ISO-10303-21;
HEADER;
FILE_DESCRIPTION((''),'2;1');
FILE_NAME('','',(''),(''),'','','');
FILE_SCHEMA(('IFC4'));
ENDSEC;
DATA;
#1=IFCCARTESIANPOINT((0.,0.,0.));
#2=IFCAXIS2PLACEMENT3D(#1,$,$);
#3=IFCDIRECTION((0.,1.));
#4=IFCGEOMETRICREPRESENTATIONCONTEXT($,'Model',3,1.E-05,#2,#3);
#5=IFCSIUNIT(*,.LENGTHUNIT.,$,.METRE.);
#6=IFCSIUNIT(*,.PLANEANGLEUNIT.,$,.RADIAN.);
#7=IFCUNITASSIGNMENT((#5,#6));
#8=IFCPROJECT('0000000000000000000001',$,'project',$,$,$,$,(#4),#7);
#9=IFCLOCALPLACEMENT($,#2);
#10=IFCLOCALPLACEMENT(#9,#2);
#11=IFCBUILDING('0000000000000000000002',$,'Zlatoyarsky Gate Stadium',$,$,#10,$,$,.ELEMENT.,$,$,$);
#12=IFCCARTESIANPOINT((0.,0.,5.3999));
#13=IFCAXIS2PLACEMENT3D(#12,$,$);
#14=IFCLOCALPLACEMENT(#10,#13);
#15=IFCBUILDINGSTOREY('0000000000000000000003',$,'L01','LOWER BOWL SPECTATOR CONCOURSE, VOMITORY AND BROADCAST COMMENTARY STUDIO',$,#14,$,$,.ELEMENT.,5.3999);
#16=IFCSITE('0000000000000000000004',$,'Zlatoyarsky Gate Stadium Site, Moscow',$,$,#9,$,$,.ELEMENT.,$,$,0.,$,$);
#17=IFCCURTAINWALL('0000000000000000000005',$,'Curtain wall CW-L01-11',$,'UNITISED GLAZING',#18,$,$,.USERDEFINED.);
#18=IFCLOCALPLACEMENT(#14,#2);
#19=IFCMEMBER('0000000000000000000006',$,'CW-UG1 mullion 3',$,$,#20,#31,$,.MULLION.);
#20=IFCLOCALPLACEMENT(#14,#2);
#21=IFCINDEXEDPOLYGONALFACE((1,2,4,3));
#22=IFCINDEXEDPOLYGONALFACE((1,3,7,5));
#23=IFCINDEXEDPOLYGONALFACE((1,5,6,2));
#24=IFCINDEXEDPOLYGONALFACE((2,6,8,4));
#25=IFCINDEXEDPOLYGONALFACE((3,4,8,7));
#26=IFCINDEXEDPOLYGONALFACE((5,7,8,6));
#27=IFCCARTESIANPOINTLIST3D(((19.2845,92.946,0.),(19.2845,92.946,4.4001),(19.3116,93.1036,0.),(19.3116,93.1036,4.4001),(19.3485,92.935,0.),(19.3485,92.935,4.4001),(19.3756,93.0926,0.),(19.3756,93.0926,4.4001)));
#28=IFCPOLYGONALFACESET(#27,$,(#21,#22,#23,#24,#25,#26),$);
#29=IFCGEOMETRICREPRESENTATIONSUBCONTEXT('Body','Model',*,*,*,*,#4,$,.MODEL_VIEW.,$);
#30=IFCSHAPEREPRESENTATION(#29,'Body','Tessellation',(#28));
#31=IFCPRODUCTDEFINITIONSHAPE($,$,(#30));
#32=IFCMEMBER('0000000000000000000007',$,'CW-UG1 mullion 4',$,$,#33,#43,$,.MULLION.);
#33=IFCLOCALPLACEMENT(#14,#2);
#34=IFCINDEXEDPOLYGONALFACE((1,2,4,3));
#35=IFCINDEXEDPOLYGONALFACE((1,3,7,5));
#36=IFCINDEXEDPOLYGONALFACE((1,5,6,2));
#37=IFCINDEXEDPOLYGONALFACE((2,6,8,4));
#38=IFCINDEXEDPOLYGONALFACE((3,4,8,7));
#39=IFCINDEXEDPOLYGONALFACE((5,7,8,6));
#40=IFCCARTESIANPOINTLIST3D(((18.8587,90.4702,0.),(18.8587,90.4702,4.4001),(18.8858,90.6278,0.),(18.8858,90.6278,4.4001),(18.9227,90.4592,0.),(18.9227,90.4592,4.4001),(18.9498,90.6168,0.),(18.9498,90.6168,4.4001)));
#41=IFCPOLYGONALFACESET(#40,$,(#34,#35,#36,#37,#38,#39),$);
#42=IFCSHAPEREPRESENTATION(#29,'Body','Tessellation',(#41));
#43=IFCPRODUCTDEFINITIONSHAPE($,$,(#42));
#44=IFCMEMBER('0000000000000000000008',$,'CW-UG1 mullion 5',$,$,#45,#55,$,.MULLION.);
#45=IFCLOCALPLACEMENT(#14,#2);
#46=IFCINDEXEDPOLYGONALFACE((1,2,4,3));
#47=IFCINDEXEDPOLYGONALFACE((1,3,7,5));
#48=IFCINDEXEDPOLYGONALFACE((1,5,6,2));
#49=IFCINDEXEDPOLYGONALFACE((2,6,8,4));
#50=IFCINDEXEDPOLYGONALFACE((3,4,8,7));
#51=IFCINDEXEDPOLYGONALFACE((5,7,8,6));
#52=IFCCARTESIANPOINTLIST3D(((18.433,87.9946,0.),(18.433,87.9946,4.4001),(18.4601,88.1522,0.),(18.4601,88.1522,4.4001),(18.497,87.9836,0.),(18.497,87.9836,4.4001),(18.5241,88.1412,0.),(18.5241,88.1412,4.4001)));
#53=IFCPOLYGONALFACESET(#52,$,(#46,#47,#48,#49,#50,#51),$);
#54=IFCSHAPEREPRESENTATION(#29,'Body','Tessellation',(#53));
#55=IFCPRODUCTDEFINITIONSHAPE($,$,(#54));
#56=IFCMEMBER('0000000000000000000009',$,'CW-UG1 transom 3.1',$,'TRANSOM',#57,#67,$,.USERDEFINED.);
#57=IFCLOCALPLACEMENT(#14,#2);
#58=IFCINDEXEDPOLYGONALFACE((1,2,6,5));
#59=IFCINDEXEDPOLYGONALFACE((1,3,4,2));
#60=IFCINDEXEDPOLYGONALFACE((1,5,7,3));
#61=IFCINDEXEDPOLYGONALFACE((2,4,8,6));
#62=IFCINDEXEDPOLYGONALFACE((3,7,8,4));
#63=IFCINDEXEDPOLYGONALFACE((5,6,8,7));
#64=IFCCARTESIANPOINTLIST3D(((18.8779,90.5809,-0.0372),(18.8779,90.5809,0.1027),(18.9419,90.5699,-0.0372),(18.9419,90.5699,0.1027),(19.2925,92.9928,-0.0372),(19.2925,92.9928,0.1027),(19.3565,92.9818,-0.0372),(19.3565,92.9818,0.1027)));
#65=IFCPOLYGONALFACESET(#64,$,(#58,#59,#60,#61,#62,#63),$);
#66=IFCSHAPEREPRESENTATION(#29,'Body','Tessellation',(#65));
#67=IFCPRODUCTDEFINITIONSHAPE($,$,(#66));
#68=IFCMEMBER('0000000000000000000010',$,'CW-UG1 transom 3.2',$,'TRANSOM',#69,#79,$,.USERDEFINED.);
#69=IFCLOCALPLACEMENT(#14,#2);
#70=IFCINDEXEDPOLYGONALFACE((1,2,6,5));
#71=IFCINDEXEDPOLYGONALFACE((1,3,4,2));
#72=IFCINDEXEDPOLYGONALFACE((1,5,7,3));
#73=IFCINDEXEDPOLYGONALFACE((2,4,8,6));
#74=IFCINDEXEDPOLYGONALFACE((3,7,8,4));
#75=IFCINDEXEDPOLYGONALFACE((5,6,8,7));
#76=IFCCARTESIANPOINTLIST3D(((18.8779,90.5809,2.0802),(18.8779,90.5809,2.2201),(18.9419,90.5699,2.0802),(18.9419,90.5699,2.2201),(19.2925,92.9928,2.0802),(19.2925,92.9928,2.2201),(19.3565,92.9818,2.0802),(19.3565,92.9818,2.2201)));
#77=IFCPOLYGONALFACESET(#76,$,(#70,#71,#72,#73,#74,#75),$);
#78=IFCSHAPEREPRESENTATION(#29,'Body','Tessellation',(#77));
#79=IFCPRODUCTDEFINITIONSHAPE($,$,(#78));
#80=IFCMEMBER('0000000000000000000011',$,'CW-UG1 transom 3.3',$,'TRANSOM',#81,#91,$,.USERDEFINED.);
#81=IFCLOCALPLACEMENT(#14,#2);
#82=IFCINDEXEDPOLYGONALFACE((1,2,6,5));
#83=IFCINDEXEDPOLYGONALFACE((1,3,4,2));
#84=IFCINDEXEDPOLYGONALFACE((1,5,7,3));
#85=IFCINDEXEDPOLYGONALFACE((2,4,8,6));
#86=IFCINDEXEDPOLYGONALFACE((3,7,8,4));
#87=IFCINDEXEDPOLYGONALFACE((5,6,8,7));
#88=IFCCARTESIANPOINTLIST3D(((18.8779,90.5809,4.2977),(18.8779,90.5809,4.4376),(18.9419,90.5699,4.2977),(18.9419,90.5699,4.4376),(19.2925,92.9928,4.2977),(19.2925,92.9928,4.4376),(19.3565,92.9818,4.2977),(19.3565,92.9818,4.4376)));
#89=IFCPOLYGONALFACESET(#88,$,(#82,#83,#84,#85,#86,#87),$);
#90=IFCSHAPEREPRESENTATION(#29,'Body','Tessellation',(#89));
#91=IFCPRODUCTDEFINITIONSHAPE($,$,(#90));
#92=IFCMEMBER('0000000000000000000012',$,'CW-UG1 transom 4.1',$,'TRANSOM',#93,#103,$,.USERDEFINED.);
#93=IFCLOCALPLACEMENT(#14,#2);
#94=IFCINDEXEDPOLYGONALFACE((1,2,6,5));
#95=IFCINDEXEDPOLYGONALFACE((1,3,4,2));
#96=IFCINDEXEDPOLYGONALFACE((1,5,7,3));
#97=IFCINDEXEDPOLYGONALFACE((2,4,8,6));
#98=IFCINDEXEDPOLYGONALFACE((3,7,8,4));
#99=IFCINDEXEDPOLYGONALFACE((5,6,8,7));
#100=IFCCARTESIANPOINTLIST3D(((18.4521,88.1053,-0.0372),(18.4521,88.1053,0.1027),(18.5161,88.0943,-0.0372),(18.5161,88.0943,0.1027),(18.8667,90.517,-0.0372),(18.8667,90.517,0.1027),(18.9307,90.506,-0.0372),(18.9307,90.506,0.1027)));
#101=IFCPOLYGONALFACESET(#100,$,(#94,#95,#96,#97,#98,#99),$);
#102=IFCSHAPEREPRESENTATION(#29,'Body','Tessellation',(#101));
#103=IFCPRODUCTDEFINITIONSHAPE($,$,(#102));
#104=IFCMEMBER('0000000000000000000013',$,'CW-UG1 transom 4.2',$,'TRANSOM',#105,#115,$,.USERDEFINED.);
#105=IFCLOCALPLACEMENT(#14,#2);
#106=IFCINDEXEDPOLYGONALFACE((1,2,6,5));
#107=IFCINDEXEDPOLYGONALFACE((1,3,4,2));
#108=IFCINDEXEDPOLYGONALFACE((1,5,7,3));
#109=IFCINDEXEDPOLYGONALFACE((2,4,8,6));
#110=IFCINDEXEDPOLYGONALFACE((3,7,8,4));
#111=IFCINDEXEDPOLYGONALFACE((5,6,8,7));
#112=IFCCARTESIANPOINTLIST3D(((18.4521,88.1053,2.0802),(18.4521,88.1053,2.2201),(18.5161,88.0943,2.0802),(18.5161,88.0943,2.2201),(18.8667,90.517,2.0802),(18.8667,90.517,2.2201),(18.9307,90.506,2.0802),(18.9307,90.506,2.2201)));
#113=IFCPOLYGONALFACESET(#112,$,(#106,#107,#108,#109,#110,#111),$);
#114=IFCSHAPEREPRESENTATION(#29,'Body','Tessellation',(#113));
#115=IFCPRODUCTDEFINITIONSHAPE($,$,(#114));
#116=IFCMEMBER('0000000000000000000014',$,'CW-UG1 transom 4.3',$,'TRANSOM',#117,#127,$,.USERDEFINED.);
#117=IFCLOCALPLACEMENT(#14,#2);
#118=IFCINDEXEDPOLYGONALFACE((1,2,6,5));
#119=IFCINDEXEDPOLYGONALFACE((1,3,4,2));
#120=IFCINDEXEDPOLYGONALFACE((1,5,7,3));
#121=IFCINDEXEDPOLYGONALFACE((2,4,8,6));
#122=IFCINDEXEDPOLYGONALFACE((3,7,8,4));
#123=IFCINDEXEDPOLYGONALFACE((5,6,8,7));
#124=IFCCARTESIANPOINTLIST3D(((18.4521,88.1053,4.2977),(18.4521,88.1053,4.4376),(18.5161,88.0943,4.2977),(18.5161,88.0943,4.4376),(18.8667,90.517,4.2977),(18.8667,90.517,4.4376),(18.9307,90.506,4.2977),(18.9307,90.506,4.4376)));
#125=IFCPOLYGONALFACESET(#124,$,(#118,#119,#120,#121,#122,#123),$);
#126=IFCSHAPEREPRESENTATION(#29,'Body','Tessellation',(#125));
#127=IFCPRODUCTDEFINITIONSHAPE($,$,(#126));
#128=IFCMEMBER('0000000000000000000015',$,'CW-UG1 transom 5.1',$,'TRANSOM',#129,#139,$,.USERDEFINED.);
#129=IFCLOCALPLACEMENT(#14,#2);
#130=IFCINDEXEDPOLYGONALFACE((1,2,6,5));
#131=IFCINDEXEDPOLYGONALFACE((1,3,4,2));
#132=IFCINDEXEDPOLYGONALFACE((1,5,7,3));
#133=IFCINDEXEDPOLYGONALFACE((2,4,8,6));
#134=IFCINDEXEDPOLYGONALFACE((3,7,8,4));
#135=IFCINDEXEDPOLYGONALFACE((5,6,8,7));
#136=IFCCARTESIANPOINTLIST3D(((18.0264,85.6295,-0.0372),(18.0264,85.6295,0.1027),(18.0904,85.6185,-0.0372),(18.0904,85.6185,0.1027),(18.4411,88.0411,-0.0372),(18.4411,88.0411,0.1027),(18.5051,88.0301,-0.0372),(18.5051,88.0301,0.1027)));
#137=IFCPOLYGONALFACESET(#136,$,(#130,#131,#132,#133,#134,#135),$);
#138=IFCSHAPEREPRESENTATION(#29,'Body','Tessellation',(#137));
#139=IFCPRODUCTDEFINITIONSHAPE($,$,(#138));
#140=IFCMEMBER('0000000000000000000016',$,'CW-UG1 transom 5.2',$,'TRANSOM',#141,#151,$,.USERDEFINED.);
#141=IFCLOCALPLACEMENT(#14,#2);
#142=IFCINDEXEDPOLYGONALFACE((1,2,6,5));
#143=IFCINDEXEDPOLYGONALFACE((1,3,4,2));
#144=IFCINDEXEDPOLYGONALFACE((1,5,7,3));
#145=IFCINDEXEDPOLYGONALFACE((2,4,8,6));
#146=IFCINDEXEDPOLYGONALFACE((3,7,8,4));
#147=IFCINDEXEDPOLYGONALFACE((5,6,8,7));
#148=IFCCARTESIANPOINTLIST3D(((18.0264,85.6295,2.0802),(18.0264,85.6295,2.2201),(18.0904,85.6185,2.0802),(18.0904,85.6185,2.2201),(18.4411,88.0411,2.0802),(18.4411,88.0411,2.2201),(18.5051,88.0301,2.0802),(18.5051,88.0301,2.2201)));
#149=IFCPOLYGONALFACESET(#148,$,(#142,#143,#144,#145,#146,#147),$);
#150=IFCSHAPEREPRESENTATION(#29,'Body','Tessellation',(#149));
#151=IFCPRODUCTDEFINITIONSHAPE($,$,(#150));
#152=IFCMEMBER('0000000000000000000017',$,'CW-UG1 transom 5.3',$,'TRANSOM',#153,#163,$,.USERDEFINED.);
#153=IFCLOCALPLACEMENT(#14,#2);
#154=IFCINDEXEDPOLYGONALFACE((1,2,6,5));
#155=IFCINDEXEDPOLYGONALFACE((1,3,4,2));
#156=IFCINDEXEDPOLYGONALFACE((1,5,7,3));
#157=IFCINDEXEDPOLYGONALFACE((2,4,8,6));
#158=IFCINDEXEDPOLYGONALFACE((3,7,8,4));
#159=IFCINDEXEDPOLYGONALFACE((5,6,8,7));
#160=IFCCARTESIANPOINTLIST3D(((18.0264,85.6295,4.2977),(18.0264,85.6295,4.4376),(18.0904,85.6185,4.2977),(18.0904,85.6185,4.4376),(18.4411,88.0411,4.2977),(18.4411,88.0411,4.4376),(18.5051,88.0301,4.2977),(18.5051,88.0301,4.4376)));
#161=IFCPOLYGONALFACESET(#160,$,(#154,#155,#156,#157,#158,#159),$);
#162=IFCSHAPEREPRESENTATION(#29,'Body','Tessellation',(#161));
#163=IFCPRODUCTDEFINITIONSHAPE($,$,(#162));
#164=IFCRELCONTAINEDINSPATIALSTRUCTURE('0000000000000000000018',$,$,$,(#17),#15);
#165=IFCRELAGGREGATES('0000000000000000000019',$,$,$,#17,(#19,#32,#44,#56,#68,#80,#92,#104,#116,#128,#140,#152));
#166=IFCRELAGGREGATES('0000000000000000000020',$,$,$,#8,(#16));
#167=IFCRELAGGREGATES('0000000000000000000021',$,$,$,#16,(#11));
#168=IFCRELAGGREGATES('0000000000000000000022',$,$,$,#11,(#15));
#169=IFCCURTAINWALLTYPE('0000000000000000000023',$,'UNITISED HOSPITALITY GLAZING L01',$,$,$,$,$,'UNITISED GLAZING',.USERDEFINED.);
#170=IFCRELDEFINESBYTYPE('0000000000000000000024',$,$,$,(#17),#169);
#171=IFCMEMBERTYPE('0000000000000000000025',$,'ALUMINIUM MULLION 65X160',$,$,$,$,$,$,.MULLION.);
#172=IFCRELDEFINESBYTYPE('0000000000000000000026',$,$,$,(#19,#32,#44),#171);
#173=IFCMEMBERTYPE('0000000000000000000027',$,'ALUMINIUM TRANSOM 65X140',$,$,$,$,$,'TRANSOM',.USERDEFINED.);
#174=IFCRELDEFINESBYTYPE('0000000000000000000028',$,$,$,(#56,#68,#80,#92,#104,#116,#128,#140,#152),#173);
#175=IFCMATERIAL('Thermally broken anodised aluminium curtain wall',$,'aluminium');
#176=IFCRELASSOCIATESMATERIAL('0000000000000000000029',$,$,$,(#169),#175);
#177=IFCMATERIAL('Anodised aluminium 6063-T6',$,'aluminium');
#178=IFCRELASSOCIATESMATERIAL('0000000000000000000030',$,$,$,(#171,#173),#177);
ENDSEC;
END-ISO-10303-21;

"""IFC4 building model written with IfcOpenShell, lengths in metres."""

from ifc_helpers import new_model, si_unit, direction, frame, origin, origin_2d, place, context, subcontext, project, spatial, rectangle, extrude, material, material_profile, profile_set, type_object, element, aggregate, save


model = new_model("IFC4")

# Units and contexts
model_context = context("Model", 3, precision=1e-05, world=origin(), true_north=direction((0.0, 1.0)))
body_context = subcontext(model_context, "Body", "Model", "MODEL_VIEW")
ifc_project = project(units=[si_unit("LENGTHUNIT", "METRE"), si_unit("PLANEANGLEUNIT", "RADIAN")], contexts=[model_context])

# Site, building, storey
site_placement = place(None, origin())
site = spatial("IfcSite", under=ifc_project, at=site_placement, Name="Zlatoyarsky Gate Stadium Site, Moscow", CompositionType="ELEMENT", RefElevation=0.0)
building_placement = place(site_placement, origin())
building = spatial("IfcBuilding", under=site, at=building_placement, Name="Zlatoyarsky Gate Stadium", CompositionType="ELEMENT")
storey_placement = place(building_placement, frame((0.0, 0.0, 5.3999)))
storey = spatial("IfcBuildingStorey", under=building, at=storey_placement, Name="L01", Description="LOWER BOWL SPECTATOR CONCOURSE, VOMITORY AND BROADCAST COMMENTARY STUDIO", CompositionType="ELEMENT", Elevation=5.3999)

# Curtain wall, members
ifc_material_1 = material(Name="Thermally broken anodised aluminium curtain wall", Category="aluminium")
curtain_wall_type = type_object("IfcCurtainWallType", Name="UNITISED HOSPITALITY GLAZING L01", ElementType="UNITISED GLAZING", PredefinedType="USERDEFINED", material=ifc_material_1)
curtain_wall_placement = place(storey_placement, origin())
curtain_wall = element("IfcCurtainWall", 1, at=curtain_wall_placement, inside=storey, type_object=curtain_wall_type, Name="Curtain wall CW-L01-11", ObjectType="UNITISED GLAZING", PredefinedType="USERDEFINED")
ifc_material_2 = material(Name="Anodised aluminium 6063-T6", Category="aluminium")
ifc_material_profile_1 = material_profile(ifc_material_2, rectangle(XDim=0.0649, YDim=0.1599, at=origin_2d()), Name="ALU 65X160")
ifc_profile_set_1 = profile_set([ifc_material_profile_1], Name="Anodised aluminium 6063-T6")
member_type_1 = type_object("IfcMemberType", Name="ALUMINIUM MULLION 65X160", PredefinedType="MULLION", material=ifc_profile_set_1)
member_1_placement = place(storey_placement, frame((19.3301, 93.0193, 0.0), z_axis=(0.0, 0.0, 1.0), x_axis=(0.985539, -0.169451, 0.0)))
member_1 = element("IfcMember", 2, at=member_1_placement, type_object=member_type_1, Name="CW-UG1 mullion 3", PredefinedType="MULLION", context=body_context, shape_type="SweptSolid", body=[
    extrude(rectangle(XDim=0.0649, YDim=0.1599, at=origin_2d()), origin(), (0.0, 0.0, 1.0), 4.4001),
])
member_2_placement = place(storey_placement, frame((18.9043, 90.5435, 0.0), z_axis=(0.0, 0.0, 1.0), x_axis=(0.985539, -0.169451, 0.0)))
member_2 = element("IfcMember", 3, at=member_2_placement, type_object=member_type_1, Name="CW-UG1 mullion 4", PredefinedType="MULLION", context=body_context, shape_type="SweptSolid", body=[
    extrude(rectangle(XDim=0.0649, YDim=0.1599, at=origin_2d()), origin(), (0.0, 0.0, 1.0), 4.4001),
])
member_3_placement = place(storey_placement, frame((18.4785, 88.0679, 0.0), z_axis=(0.0, 0.0, 1.0), x_axis=(0.985539, -0.169451, 0.0)))
member_3 = element("IfcMember", 4, at=member_3_placement, type_object=member_type_1, Name="CW-UG1 mullion 5", PredefinedType="MULLION", context=body_context, shape_type="SweptSolid", body=[
    extrude(rectangle(XDim=0.0649, YDim=0.1599, at=origin_2d()), origin(), (0.0, 0.0, 1.0), 4.4001),
])
ifc_material_profile_2 = material_profile(ifc_material_2, rectangle(XDim=0.0649, YDim=0.1399, at=origin_2d()), Name="ALU 65X140")
ifc_profile_set_2 = profile_set([ifc_material_profile_2], Name="Anodised aluminium 6063-T6")
member_type_2 = type_object("IfcMemberType", Name="ALUMINIUM TRANSOM 65X140", ElementType="TRANSOM", PredefinedType="USERDEFINED", material=ifc_profile_set_2)
member_4_placement = place(storey_placement, frame((19.3245, 92.9873, 0.0327), z_axis=(-0.169396, -0.985548, 0.0), x_axis=(0.985548, -0.169396, 0.0)))
member_4 = element("IfcMember", 5, at=member_4_placement, type_object=member_type_2, Name="CW-UG1 transom 3.1", ObjectType="TRANSOM", PredefinedType="USERDEFINED", context=body_context, shape_type="SweptSolid", body=[
    extrude(rectangle(XDim=0.0649, YDim=0.1399, at=origin_2d()), origin(), (0.0, 0.0, 1.0), 2.4473),
])
member_5_placement = place(storey_placement, frame((19.3245, 92.9873, 2.1501), z_axis=(-0.169396, -0.985548, 0.0), x_axis=(0.985548, -0.169396, 0.0)))
member_5 = element("IfcMember", 6, at=member_5_placement, type_object=member_type_2, Name="CW-UG1 transom 3.2", ObjectType="TRANSOM", PredefinedType="USERDEFINED", context=body_context, shape_type="SweptSolid", body=[
    extrude(rectangle(XDim=0.0649, YDim=0.1399, at=origin_2d()), origin(), (0.0, 0.0, 1.0), 2.4473),
])
member_6_placement = place(storey_placement, frame((19.3245, 92.9873, 4.3677), z_axis=(-0.169396, -0.985548, 0.0), x_axis=(0.985548, -0.169396, 0.0)))
member_6 = element("IfcMember", 7, at=member_6_placement, type_object=member_type_2, Name="CW-UG1 transom 3.3", ObjectType="TRANSOM", PredefinedType="USERDEFINED", context=body_context, shape_type="SweptSolid", body=[
    extrude(rectangle(XDim=0.0649, YDim=0.1399, at=origin_2d()), origin(), (0.0, 0.0, 1.0), 2.4473),
])
member_7_placement = place(storey_placement, frame((18.8987, 90.5115, 0.0327), z_axis=(-0.169412, -0.985545, 0.0), x_axis=(0.985545, -0.169412, 0.0)))
member_7 = element("IfcMember", 8, at=member_7_placement, type_object=member_type_2, Name="CW-UG1 transom 4.1", ObjectType="TRANSOM", PredefinedType="USERDEFINED", context=body_context, shape_type="SweptSolid", body=[
    extrude(rectangle(XDim=0.0649, YDim=0.1399, at=origin_2d()), origin(), (0.0, 0.0, 1.0), 2.447),
])
member_8_placement = place(storey_placement, frame((18.8987, 90.5115, 2.1501), z_axis=(-0.169412, -0.985545, 0.0), x_axis=(0.985545, -0.169412, 0.0)))
member_8 = element("IfcMember", 9, at=member_8_placement, type_object=member_type_2, Name="CW-UG1 transom 4.2", ObjectType="TRANSOM", PredefinedType="USERDEFINED", context=body_context, shape_type="SweptSolid", body=[
    extrude(rectangle(XDim=0.0649, YDim=0.1399, at=origin_2d()), origin(), (0.0, 0.0, 1.0), 2.447),
])
member_9_placement = place(storey_placement, frame((18.8987, 90.5115, 4.3677), z_axis=(-0.169412, -0.985545, 0.0), x_axis=(0.985545, -0.169412, 0.0)))
member_9 = element("IfcMember", 10, at=member_9_placement, type_object=member_type_2, Name="CW-UG1 transom 4.3", ObjectType="TRANSOM", PredefinedType="USERDEFINED", context=body_context, shape_type="SweptSolid", body=[
    extrude(rectangle(XDim=0.0649, YDim=0.1399, at=origin_2d()), origin(), (0.0, 0.0, 1.0), 2.447),
])
member_10_placement = place(storey_placement, frame((18.4731, 88.0356, 0.0327), z_axis=(-0.169509, -0.985529, 0.0), x_axis=(0.985529, -0.169509, 0.0)))
member_10 = element("IfcMember", 11, at=member_10_placement, type_object=member_type_2, Name="CW-UG1 transom 5.1", ObjectType="TRANSOM", PredefinedType="USERDEFINED", context=body_context, shape_type="SweptSolid", body=[
    extrude(rectangle(XDim=0.0649, YDim=0.1399, at=origin_2d()), origin(), (0.0, 0.0, 1.0), 2.447),
])
member_11_placement = place(storey_placement, frame((18.4731, 88.0356, 2.1501), z_axis=(-0.169509, -0.985529, 0.0), x_axis=(0.985529, -0.169509, 0.0)))
member_11 = element("IfcMember", 12, at=member_11_placement, type_object=member_type_2, Name="CW-UG1 transom 5.2", ObjectType="TRANSOM", PredefinedType="USERDEFINED", context=body_context, shape_type="SweptSolid", body=[
    extrude(rectangle(XDim=0.0649, YDim=0.1399, at=origin_2d()), origin(), (0.0, 0.0, 1.0), 2.447),
])
member_12_placement = place(storey_placement, frame((18.4731, 88.0356, 4.3677), z_axis=(-0.169509, -0.985529, 0.0), x_axis=(0.985529, -0.169509, 0.0)))
member_12 = element("IfcMember", 13, at=member_12_placement, type_object=member_type_2, Name="CW-UG1 transom 5.3", ObjectType="TRANSOM", PredefinedType="USERDEFINED", context=body_context, shape_type="SweptSolid", body=[
    extrude(rectangle(XDim=0.0649, YDim=0.1399, at=origin_2d()), origin(), (0.0, 0.0, 1.0), 2.447),
])

aggregate(curtain_wall, [member_1, member_2, member_3, member_4, member_5, member_6, member_7, member_8, member_9, member_10, member_11, member_12])

save(model, "model.ifc")
